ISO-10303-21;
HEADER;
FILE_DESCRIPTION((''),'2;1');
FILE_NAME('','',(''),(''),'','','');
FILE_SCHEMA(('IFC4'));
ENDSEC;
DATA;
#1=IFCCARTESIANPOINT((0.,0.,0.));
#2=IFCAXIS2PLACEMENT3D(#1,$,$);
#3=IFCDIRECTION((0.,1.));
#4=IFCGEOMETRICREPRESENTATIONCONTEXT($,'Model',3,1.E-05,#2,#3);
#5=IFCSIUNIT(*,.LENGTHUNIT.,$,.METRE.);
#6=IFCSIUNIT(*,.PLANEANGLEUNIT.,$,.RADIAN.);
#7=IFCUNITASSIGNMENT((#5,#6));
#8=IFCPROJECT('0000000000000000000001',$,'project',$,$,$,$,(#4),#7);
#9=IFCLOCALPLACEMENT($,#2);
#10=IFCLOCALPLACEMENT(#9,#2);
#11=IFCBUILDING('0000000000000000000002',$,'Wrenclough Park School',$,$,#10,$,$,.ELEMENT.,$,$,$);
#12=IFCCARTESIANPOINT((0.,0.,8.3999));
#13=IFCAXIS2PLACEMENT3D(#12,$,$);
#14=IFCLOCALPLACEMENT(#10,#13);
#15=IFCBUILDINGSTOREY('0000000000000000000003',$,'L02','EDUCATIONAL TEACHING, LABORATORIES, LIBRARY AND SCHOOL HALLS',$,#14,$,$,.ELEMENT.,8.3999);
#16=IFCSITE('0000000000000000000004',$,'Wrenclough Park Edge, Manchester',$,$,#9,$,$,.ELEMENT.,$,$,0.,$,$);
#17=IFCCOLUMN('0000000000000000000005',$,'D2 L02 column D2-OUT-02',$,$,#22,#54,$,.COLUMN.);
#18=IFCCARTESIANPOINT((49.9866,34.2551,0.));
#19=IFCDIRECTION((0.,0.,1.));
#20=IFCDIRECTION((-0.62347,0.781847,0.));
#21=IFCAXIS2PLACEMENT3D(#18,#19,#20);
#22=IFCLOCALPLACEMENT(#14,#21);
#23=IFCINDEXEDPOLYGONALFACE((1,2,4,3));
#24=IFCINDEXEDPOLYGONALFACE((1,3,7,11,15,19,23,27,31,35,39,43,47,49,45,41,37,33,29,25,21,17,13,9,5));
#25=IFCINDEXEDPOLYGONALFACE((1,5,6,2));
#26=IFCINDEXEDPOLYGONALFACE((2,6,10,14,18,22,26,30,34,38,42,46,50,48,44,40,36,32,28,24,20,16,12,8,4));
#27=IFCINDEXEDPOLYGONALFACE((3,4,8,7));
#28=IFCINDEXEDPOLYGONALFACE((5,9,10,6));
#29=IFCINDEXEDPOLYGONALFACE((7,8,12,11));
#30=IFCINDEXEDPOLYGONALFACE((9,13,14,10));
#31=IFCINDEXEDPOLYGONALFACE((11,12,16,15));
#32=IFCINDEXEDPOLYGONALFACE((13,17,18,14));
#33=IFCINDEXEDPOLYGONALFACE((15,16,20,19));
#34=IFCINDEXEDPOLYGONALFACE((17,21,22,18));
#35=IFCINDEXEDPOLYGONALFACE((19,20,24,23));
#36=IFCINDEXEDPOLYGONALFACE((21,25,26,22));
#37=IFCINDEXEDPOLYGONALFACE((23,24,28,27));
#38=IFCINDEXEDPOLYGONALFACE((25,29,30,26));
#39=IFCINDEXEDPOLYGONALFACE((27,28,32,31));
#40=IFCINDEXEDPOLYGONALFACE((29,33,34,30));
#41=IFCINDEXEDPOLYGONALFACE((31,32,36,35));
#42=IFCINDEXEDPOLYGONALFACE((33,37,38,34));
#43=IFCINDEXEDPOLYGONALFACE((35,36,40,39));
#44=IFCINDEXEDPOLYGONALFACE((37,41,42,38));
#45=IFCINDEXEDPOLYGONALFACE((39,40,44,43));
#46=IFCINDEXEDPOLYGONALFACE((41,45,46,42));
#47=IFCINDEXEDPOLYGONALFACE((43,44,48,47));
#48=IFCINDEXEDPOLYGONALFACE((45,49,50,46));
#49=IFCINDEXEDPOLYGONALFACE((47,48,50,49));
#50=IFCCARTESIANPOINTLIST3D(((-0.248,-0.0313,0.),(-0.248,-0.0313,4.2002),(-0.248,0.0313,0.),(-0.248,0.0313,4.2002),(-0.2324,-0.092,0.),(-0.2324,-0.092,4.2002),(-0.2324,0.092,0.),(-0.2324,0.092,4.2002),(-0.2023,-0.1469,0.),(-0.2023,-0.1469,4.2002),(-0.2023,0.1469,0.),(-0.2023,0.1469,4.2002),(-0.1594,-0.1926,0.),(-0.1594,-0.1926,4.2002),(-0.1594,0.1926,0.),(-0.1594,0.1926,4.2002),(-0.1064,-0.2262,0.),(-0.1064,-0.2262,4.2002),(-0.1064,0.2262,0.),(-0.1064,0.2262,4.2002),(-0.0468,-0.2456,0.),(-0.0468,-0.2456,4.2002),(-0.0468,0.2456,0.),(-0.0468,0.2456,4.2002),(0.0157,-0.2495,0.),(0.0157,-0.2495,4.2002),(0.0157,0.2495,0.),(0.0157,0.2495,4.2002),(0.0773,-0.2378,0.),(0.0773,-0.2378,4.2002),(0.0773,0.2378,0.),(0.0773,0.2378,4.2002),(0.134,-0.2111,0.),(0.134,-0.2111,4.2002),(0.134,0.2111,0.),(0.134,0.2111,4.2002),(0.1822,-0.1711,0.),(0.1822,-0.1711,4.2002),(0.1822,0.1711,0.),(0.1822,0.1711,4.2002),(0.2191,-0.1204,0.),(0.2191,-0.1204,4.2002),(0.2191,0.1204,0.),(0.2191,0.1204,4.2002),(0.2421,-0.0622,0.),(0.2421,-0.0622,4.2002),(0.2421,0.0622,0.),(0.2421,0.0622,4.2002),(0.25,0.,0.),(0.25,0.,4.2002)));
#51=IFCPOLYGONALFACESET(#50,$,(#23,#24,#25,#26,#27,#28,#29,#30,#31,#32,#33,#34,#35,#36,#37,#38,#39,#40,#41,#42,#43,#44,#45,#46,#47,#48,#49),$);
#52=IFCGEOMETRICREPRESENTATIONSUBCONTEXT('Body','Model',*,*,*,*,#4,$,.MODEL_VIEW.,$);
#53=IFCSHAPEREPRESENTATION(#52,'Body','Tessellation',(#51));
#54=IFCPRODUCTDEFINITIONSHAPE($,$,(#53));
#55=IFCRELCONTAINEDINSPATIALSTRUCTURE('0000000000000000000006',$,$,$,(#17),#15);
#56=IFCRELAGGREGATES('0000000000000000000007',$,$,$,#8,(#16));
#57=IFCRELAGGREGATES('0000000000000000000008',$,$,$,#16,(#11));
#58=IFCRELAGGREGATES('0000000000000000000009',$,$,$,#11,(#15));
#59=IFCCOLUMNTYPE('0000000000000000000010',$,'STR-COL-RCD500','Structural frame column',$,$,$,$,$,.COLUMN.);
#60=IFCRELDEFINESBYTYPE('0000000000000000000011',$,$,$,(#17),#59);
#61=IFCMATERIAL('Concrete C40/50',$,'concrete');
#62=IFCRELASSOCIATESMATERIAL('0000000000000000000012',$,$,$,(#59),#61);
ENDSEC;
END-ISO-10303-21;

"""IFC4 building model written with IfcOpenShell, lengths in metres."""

from ifc_helpers import new_model, si_unit, direction, frame, origin, origin_2d, place, context, subcontext, project, spatial, circle, extrude, material, material_profile, profile_set, type_object, element, save


model = new_model("IFC4")

# Units and contexts
model_context = context("Model", 3, precision=1e-05, world=origin(), true_north=direction((0.0, 1.0)))
body_context = subcontext(model_context, "Body", "Model", "MODEL_VIEW")
ifc_project = project(units=[si_unit("LENGTHUNIT", "METRE"), si_unit("PLANEANGLEUNIT", "RADIAN")], contexts=[model_context])

# Site, building, storey
site_placement = place(None, origin())
site = spatial("IfcSite", under=ifc_project, at=site_placement, Name="Wrenclough Park Edge, Manchester", CompositionType="ELEMENT", RefElevation=0.0)
building_placement = place(site_placement, origin())
building = spatial("IfcBuilding", under=site, at=building_placement, Name="Wrenclough Park School", CompositionType="ELEMENT")
storey_placement = place(building_placement, frame((0.0, 0.0, 8.3999)))
storey = spatial("IfcBuildingStorey", under=building, at=storey_placement, Name="L02", Description="EDUCATIONAL TEACHING, LABORATORIES, LIBRARY AND SCHOOL HALLS", CompositionType="ELEMENT", Elevation=8.3999)

# Column
ifc_material_1 = material(Name="Concrete C40/50", Category="concrete")
ifc_material_profile_1 = material_profile(ifc_material_1, circle(Radius=0.25, at=origin_2d()), Name="RC COL D500")
ifc_profile_set_1 = profile_set([ifc_material_profile_1], Name="Concrete C40/50")
column_type = type_object("IfcColumnType", Name="STR-COL-RCD500", Description="Structural frame column", PredefinedType="COLUMN", material=ifc_profile_set_1)
column_placement = place(storey_placement, frame((49.9866, 34.2551, 0.0), z_axis=(0.0, 0.0, 1.0), x_axis=(-0.62347, 0.781847, 0.0)))
element("IfcColumn", 1, at=column_placement, inside=storey, type_object=column_type, Name="D2 L02 column D2-OUT-02", PredefinedType="COLUMN", context=body_context, shape_type="SweptSolid", body=[
    extrude(circle(Radius=0.25, at=origin_2d()), origin(), (0.0, 0.0, 1.0), 4.2002),
])

save(model, "model.ifc")
